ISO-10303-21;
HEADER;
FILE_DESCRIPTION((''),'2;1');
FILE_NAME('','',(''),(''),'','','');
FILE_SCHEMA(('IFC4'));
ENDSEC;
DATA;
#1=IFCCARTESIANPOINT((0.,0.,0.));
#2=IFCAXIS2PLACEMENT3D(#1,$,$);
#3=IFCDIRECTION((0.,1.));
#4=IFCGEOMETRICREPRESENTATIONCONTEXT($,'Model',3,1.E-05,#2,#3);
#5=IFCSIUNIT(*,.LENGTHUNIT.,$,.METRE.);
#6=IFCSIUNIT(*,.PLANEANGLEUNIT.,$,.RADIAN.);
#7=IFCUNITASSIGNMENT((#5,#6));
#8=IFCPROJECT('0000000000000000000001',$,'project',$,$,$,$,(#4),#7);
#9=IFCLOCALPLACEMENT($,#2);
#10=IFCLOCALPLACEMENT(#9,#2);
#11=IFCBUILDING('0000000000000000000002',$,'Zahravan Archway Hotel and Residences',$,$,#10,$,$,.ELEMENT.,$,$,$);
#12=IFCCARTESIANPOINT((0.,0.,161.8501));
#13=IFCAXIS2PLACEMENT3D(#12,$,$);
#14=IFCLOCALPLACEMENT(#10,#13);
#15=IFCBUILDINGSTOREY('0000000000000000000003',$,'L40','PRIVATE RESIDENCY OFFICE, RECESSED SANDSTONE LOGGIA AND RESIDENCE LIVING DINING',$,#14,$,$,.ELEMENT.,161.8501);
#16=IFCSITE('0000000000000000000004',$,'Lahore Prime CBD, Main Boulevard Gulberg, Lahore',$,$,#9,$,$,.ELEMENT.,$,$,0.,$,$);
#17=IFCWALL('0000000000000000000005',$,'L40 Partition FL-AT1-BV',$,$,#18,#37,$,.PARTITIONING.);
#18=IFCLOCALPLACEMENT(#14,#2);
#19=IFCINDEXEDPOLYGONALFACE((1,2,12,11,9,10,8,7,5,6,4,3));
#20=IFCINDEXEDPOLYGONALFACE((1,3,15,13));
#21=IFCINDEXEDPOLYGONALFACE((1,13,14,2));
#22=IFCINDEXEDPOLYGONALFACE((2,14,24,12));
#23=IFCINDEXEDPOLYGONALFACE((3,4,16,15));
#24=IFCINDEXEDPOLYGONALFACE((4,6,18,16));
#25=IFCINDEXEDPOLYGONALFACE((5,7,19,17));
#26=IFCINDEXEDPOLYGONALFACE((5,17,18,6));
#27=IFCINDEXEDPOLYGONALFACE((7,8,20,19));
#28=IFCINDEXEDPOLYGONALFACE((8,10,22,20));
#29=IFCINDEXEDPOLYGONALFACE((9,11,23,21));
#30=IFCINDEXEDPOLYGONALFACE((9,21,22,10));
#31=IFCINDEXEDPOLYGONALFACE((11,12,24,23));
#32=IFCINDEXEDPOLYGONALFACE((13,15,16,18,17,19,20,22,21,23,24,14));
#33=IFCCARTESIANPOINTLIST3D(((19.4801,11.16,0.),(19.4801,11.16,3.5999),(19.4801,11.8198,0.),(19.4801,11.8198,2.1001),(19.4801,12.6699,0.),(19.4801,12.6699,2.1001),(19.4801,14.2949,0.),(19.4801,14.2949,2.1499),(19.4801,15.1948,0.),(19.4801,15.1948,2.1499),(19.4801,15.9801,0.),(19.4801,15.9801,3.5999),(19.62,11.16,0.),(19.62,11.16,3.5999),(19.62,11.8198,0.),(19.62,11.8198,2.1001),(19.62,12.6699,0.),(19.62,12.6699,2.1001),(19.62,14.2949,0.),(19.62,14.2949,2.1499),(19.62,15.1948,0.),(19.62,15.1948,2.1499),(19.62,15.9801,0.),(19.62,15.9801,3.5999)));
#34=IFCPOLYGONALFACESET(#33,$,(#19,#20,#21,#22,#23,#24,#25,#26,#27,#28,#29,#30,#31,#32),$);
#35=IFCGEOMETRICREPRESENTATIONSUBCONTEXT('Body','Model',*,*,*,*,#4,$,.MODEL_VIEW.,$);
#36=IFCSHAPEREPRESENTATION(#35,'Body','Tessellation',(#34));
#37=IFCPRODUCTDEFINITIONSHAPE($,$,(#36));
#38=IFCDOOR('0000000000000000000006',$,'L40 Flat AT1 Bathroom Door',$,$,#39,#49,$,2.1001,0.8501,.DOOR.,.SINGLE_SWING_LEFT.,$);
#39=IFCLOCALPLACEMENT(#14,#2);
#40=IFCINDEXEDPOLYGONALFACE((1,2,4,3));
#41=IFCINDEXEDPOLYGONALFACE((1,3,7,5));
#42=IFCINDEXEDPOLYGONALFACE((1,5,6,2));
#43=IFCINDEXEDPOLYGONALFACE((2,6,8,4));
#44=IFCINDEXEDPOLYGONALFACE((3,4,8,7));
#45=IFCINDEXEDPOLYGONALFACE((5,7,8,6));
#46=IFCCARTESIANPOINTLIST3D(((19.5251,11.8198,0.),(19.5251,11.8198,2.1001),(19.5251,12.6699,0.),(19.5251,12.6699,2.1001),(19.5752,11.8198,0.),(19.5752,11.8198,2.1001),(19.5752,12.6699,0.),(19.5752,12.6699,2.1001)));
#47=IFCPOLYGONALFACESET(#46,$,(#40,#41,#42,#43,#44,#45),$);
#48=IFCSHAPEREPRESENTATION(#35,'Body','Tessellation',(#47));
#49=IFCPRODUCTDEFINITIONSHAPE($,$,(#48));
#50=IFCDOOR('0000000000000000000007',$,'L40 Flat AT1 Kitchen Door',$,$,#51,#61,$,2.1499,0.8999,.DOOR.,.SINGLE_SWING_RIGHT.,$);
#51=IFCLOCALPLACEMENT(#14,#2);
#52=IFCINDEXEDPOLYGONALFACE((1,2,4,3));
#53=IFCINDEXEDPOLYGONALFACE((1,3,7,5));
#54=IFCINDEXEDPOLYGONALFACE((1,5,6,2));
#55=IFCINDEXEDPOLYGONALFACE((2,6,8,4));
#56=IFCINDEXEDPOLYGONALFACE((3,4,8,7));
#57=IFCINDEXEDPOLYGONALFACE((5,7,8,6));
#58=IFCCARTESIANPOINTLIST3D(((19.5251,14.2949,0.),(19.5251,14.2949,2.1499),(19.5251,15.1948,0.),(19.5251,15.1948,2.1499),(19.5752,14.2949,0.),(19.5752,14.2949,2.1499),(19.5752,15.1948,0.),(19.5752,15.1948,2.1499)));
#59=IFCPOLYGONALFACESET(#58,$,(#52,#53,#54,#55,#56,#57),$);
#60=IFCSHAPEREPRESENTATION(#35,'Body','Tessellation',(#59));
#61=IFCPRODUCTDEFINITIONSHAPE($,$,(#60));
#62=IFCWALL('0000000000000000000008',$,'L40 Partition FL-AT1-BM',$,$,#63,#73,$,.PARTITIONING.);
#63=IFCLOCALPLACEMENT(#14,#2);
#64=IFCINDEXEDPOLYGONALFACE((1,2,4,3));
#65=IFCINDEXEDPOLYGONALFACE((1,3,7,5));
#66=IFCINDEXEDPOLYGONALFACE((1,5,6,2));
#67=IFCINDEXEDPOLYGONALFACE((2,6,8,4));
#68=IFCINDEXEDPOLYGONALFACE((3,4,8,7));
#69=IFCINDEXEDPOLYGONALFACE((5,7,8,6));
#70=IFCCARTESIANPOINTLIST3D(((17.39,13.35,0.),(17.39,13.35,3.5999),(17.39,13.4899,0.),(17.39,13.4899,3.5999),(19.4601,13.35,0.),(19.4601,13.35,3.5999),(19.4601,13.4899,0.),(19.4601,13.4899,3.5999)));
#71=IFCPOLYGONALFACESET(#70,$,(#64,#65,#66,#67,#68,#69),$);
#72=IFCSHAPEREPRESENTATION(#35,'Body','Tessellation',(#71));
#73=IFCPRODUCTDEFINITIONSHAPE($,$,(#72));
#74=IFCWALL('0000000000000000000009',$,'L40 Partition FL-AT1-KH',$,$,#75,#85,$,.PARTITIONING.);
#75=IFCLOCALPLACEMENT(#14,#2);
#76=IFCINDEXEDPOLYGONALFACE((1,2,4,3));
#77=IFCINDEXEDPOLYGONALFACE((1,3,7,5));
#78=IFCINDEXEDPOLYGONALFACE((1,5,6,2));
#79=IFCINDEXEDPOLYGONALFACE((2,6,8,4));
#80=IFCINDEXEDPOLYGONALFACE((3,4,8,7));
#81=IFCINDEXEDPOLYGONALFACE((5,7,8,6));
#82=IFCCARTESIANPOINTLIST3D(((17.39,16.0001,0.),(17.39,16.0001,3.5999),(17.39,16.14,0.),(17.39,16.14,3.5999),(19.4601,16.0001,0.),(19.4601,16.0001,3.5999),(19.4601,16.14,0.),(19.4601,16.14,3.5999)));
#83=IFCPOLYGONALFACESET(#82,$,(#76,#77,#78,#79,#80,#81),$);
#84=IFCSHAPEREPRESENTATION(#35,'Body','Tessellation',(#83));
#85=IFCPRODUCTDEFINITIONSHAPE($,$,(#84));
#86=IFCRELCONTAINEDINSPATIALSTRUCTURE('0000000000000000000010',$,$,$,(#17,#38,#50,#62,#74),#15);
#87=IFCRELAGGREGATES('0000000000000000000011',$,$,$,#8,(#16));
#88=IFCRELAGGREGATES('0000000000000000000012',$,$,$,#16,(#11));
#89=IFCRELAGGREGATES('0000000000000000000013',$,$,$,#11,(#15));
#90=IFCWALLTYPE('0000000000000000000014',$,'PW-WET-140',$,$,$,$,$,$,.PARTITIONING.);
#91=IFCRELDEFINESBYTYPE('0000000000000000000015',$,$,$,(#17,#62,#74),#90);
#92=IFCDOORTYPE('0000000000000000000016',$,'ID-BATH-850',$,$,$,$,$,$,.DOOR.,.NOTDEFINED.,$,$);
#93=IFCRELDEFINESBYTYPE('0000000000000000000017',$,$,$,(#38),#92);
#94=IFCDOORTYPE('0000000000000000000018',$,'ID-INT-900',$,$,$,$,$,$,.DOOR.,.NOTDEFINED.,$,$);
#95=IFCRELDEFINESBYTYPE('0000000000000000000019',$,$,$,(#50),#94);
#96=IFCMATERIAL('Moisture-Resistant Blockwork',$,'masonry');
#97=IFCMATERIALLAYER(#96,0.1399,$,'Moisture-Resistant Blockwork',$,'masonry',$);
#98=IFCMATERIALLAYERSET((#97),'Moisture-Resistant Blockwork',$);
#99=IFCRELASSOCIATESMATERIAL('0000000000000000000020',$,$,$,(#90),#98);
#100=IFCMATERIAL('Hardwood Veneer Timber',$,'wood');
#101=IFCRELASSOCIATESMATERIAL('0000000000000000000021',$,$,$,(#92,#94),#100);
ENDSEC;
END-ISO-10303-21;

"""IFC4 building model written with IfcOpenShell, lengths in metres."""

from ifc_helpers import new_model, si_unit, direction, frame, frame_2d, origin, place, context, subcontext, project, spatial, rectangle, extrude, source, transform, mapped, material, layer, layer_set, type_object, type_shapes, element, fill, save


model = new_model("IFC4")

# Units and contexts
model_context = context("Model", 3, precision=1e-05, world=origin(), true_north=direction((0.0, 1.0)))
body_context = subcontext(model_context, "Body", "Model", "MODEL_VIEW")
ifc_project = project(units=[si_unit("LENGTHUNIT", "METRE"), si_unit("PLANEANGLEUNIT", "RADIAN")], contexts=[model_context])

# Site, building, storey
site_placement = place(None, origin())
site = spatial("IfcSite", under=ifc_project, at=site_placement, Name="Lahore Prime CBD, Main Boulevard Gulberg, Lahore", CompositionType="ELEMENT", RefElevation=0.0)
building_placement = place(site_placement, origin())
building = spatial("IfcBuilding", under=site, at=building_placement, Name="Zahravan Archway Hotel and Residences", CompositionType="ELEMENT")
storey_placement = place(building_placement, frame((0.0, 0.0, 161.8501)))
storey = spatial("IfcBuildingStorey", under=building, at=storey_placement, Name="L40", Description="PRIVATE RESIDENCY OFFICE, RECESSED SANDSTONE LOGGIA AND RESIDENCE LIVING DINING", CompositionType="ELEMENT", Elevation=161.8501)

# Wall, openings, doors
ifc_material_1 = material(Name="Moisture-Resistant Blockwork", Category="masonry")
ifc_layer_1 = layer(ifc_material_1, 0.1399, Name="Moisture-Resistant Blockwork", Category="masonry")
ifc_layer_set_1 = layer_set([ifc_layer_1], Name="Moisture-Resistant Blockwork")
wall_type_1 = type_object("IfcWallType", Name="PW-WET-140", PredefinedType="PARTITIONING", material=ifc_layer_set_1)
wall_1_placement = place(storey_placement, frame((19.55, 11.1599, 0.0), z_axis=(0.0, 0.0, 1.0), x_axis=(0.0, 1.0, 0.0)))
wall_1 = element("IfcWall", 1, at=wall_1_placement, inside=storey, type_object=wall_type_1, Name="L40 Partition FL-AT1-BV", PredefinedType="PARTITIONING", context=body_context, shape_type="SweptSolid", body=[
    extrude(rectangle(XDim=4.8201, YDim=0.1399, at=frame_2d((2.4102, 0.0))), origin(), (0.0, 0.0, 1.0), 3.5999),
])
opening_1_placement = place(wall_1_placement, frame((0.6599, 0.0, 0.0)))
opening_1 = element("IfcOpeningElement", 2, at=opening_1_placement, cuts=wall_1, PredefinedType="OPENING", context=body_context, shape_type="SweptSolid", body=[
    extrude(rectangle(XDim=0.8501, YDim=2.1001, at=frame_2d((0.425, 1.05))), frame((0.0, 0.0801, 0.0), z_axis=(0.0, -1.0, 0.0), x_axis=(1.0, 0.0, 0.0)), (0.0, 0.0, 1.0), 0.1599),
])
opening_2_placement = place(wall_1_placement, frame((3.135, 0.0, 0.0)))
opening_2 = element("IfcOpeningElement", 3, at=opening_2_placement, cuts=wall_1, PredefinedType="OPENING", context=body_context, shape_type="SweptSolid", body=[
    extrude(rectangle(XDim=0.8999, YDim=2.1499, at=frame_2d((0.45, 1.075))), frame((0.0, 0.0801, 0.0), z_axis=(0.0, -1.0, 0.0), x_axis=(1.0, 0.0, 0.0)), (0.0, 0.0, 1.0), 0.1599),
])
ifc_material_2 = material(Name="Hardwood Veneer Timber", Category="wood")
door_type_1 = type_object("IfcDoorType", Name="ID-BATH-850", OperationType="NOTDEFINED", PredefinedType="DOOR", material=ifc_material_2)
shared_shape_1 = source(origin(), body_context, "Body", "SweptSolid", [
    extrude(rectangle(XDim=0.8501, YDim=2.1001, at=frame_2d((0.425, 1.05))), frame((0.0, 0.0249, 0.0), z_axis=(0.0, -1.0, 0.0), x_axis=(1.0, 0.0, 0.0)), (0.0, 0.0, 1.0), 0.05),
])
type_shapes(door_type_1, [shared_shape_1])
door_1_placement = place(opening_1_placement, origin())
door_1 = element("IfcDoor", 4, at=door_1_placement, inside=storey, type_object=door_type_1, Name="L40 Flat AT1 Bathroom Door", OperationType="SINGLE_SWING_LEFT", OverallHeight=2.1001, OverallWidth=0.8501, PredefinedType="DOOR", context=body_context, shape_type="MappedRepresentation", body=[
    mapped(shared_shape_1, transform((0.0, 0.0, 0.0), scale=1.0)),
])
fill(opening_1, door_1)
door_type_2 = type_object("IfcDoorType", Name="ID-INT-900", OperationType="NOTDEFINED", PredefinedType="DOOR", material=ifc_material_2)
shared_shape_2 = source(origin(), body_context, "Body", "SweptSolid", [
    extrude(rectangle(XDim=0.8999, YDim=2.1499, at=frame_2d((0.45, 1.075))), frame((0.0, 0.0249, 0.0), z_axis=(0.0, -1.0, 0.0), x_axis=(1.0, 0.0, 0.0)), (0.0, 0.0, 1.0), 0.05),
])
type_shapes(door_type_2, [shared_shape_2])
door_2_placement = place(opening_2_placement, origin())
door_2 = element("IfcDoor", 5, at=door_2_placement, inside=storey, type_object=door_type_2, Name="L40 Flat AT1 Kitchen Door", OperationType="SINGLE_SWING_RIGHT", OverallHeight=2.1499, OverallWidth=0.8999, PredefinedType="DOOR", context=body_context, shape_type="MappedRepresentation", body=[
    mapped(shared_shape_2, transform((0.0, 0.0, 0.0), scale=1.0)),
])
fill(opening_2, door_2)

# Walls
for number, where, z_axis, x_axis, name in (
    (6, (17.3899, 13.4199, 0.0), (0.0, 0.0, 1.0), (1.0, 0.0, 0.0), "L40 Partition FL-AT1-BM"),
    (7, (17.3899, 16.0701, 0.0), (0.0, 0.0, 1.0), (1.0, 0.0, 0.0), "L40 Partition FL-AT1-KH"),
):
    element("IfcWall", number, at=place(storey_placement, frame(where, z_axis=z_axis, x_axis=x_axis)), inside=storey, type_object=wall_type_1, Name=name, PredefinedType="PARTITIONING", context=body_context, shape_type="SweptSolid", body=[
        extrude(rectangle(XDim=2.0701, YDim=0.1399, at=frame_2d((1.0352, 0.0))), origin(), (0.0, 0.0, 1.0), 3.5999),
    ])

save(model, "model.ifc")
